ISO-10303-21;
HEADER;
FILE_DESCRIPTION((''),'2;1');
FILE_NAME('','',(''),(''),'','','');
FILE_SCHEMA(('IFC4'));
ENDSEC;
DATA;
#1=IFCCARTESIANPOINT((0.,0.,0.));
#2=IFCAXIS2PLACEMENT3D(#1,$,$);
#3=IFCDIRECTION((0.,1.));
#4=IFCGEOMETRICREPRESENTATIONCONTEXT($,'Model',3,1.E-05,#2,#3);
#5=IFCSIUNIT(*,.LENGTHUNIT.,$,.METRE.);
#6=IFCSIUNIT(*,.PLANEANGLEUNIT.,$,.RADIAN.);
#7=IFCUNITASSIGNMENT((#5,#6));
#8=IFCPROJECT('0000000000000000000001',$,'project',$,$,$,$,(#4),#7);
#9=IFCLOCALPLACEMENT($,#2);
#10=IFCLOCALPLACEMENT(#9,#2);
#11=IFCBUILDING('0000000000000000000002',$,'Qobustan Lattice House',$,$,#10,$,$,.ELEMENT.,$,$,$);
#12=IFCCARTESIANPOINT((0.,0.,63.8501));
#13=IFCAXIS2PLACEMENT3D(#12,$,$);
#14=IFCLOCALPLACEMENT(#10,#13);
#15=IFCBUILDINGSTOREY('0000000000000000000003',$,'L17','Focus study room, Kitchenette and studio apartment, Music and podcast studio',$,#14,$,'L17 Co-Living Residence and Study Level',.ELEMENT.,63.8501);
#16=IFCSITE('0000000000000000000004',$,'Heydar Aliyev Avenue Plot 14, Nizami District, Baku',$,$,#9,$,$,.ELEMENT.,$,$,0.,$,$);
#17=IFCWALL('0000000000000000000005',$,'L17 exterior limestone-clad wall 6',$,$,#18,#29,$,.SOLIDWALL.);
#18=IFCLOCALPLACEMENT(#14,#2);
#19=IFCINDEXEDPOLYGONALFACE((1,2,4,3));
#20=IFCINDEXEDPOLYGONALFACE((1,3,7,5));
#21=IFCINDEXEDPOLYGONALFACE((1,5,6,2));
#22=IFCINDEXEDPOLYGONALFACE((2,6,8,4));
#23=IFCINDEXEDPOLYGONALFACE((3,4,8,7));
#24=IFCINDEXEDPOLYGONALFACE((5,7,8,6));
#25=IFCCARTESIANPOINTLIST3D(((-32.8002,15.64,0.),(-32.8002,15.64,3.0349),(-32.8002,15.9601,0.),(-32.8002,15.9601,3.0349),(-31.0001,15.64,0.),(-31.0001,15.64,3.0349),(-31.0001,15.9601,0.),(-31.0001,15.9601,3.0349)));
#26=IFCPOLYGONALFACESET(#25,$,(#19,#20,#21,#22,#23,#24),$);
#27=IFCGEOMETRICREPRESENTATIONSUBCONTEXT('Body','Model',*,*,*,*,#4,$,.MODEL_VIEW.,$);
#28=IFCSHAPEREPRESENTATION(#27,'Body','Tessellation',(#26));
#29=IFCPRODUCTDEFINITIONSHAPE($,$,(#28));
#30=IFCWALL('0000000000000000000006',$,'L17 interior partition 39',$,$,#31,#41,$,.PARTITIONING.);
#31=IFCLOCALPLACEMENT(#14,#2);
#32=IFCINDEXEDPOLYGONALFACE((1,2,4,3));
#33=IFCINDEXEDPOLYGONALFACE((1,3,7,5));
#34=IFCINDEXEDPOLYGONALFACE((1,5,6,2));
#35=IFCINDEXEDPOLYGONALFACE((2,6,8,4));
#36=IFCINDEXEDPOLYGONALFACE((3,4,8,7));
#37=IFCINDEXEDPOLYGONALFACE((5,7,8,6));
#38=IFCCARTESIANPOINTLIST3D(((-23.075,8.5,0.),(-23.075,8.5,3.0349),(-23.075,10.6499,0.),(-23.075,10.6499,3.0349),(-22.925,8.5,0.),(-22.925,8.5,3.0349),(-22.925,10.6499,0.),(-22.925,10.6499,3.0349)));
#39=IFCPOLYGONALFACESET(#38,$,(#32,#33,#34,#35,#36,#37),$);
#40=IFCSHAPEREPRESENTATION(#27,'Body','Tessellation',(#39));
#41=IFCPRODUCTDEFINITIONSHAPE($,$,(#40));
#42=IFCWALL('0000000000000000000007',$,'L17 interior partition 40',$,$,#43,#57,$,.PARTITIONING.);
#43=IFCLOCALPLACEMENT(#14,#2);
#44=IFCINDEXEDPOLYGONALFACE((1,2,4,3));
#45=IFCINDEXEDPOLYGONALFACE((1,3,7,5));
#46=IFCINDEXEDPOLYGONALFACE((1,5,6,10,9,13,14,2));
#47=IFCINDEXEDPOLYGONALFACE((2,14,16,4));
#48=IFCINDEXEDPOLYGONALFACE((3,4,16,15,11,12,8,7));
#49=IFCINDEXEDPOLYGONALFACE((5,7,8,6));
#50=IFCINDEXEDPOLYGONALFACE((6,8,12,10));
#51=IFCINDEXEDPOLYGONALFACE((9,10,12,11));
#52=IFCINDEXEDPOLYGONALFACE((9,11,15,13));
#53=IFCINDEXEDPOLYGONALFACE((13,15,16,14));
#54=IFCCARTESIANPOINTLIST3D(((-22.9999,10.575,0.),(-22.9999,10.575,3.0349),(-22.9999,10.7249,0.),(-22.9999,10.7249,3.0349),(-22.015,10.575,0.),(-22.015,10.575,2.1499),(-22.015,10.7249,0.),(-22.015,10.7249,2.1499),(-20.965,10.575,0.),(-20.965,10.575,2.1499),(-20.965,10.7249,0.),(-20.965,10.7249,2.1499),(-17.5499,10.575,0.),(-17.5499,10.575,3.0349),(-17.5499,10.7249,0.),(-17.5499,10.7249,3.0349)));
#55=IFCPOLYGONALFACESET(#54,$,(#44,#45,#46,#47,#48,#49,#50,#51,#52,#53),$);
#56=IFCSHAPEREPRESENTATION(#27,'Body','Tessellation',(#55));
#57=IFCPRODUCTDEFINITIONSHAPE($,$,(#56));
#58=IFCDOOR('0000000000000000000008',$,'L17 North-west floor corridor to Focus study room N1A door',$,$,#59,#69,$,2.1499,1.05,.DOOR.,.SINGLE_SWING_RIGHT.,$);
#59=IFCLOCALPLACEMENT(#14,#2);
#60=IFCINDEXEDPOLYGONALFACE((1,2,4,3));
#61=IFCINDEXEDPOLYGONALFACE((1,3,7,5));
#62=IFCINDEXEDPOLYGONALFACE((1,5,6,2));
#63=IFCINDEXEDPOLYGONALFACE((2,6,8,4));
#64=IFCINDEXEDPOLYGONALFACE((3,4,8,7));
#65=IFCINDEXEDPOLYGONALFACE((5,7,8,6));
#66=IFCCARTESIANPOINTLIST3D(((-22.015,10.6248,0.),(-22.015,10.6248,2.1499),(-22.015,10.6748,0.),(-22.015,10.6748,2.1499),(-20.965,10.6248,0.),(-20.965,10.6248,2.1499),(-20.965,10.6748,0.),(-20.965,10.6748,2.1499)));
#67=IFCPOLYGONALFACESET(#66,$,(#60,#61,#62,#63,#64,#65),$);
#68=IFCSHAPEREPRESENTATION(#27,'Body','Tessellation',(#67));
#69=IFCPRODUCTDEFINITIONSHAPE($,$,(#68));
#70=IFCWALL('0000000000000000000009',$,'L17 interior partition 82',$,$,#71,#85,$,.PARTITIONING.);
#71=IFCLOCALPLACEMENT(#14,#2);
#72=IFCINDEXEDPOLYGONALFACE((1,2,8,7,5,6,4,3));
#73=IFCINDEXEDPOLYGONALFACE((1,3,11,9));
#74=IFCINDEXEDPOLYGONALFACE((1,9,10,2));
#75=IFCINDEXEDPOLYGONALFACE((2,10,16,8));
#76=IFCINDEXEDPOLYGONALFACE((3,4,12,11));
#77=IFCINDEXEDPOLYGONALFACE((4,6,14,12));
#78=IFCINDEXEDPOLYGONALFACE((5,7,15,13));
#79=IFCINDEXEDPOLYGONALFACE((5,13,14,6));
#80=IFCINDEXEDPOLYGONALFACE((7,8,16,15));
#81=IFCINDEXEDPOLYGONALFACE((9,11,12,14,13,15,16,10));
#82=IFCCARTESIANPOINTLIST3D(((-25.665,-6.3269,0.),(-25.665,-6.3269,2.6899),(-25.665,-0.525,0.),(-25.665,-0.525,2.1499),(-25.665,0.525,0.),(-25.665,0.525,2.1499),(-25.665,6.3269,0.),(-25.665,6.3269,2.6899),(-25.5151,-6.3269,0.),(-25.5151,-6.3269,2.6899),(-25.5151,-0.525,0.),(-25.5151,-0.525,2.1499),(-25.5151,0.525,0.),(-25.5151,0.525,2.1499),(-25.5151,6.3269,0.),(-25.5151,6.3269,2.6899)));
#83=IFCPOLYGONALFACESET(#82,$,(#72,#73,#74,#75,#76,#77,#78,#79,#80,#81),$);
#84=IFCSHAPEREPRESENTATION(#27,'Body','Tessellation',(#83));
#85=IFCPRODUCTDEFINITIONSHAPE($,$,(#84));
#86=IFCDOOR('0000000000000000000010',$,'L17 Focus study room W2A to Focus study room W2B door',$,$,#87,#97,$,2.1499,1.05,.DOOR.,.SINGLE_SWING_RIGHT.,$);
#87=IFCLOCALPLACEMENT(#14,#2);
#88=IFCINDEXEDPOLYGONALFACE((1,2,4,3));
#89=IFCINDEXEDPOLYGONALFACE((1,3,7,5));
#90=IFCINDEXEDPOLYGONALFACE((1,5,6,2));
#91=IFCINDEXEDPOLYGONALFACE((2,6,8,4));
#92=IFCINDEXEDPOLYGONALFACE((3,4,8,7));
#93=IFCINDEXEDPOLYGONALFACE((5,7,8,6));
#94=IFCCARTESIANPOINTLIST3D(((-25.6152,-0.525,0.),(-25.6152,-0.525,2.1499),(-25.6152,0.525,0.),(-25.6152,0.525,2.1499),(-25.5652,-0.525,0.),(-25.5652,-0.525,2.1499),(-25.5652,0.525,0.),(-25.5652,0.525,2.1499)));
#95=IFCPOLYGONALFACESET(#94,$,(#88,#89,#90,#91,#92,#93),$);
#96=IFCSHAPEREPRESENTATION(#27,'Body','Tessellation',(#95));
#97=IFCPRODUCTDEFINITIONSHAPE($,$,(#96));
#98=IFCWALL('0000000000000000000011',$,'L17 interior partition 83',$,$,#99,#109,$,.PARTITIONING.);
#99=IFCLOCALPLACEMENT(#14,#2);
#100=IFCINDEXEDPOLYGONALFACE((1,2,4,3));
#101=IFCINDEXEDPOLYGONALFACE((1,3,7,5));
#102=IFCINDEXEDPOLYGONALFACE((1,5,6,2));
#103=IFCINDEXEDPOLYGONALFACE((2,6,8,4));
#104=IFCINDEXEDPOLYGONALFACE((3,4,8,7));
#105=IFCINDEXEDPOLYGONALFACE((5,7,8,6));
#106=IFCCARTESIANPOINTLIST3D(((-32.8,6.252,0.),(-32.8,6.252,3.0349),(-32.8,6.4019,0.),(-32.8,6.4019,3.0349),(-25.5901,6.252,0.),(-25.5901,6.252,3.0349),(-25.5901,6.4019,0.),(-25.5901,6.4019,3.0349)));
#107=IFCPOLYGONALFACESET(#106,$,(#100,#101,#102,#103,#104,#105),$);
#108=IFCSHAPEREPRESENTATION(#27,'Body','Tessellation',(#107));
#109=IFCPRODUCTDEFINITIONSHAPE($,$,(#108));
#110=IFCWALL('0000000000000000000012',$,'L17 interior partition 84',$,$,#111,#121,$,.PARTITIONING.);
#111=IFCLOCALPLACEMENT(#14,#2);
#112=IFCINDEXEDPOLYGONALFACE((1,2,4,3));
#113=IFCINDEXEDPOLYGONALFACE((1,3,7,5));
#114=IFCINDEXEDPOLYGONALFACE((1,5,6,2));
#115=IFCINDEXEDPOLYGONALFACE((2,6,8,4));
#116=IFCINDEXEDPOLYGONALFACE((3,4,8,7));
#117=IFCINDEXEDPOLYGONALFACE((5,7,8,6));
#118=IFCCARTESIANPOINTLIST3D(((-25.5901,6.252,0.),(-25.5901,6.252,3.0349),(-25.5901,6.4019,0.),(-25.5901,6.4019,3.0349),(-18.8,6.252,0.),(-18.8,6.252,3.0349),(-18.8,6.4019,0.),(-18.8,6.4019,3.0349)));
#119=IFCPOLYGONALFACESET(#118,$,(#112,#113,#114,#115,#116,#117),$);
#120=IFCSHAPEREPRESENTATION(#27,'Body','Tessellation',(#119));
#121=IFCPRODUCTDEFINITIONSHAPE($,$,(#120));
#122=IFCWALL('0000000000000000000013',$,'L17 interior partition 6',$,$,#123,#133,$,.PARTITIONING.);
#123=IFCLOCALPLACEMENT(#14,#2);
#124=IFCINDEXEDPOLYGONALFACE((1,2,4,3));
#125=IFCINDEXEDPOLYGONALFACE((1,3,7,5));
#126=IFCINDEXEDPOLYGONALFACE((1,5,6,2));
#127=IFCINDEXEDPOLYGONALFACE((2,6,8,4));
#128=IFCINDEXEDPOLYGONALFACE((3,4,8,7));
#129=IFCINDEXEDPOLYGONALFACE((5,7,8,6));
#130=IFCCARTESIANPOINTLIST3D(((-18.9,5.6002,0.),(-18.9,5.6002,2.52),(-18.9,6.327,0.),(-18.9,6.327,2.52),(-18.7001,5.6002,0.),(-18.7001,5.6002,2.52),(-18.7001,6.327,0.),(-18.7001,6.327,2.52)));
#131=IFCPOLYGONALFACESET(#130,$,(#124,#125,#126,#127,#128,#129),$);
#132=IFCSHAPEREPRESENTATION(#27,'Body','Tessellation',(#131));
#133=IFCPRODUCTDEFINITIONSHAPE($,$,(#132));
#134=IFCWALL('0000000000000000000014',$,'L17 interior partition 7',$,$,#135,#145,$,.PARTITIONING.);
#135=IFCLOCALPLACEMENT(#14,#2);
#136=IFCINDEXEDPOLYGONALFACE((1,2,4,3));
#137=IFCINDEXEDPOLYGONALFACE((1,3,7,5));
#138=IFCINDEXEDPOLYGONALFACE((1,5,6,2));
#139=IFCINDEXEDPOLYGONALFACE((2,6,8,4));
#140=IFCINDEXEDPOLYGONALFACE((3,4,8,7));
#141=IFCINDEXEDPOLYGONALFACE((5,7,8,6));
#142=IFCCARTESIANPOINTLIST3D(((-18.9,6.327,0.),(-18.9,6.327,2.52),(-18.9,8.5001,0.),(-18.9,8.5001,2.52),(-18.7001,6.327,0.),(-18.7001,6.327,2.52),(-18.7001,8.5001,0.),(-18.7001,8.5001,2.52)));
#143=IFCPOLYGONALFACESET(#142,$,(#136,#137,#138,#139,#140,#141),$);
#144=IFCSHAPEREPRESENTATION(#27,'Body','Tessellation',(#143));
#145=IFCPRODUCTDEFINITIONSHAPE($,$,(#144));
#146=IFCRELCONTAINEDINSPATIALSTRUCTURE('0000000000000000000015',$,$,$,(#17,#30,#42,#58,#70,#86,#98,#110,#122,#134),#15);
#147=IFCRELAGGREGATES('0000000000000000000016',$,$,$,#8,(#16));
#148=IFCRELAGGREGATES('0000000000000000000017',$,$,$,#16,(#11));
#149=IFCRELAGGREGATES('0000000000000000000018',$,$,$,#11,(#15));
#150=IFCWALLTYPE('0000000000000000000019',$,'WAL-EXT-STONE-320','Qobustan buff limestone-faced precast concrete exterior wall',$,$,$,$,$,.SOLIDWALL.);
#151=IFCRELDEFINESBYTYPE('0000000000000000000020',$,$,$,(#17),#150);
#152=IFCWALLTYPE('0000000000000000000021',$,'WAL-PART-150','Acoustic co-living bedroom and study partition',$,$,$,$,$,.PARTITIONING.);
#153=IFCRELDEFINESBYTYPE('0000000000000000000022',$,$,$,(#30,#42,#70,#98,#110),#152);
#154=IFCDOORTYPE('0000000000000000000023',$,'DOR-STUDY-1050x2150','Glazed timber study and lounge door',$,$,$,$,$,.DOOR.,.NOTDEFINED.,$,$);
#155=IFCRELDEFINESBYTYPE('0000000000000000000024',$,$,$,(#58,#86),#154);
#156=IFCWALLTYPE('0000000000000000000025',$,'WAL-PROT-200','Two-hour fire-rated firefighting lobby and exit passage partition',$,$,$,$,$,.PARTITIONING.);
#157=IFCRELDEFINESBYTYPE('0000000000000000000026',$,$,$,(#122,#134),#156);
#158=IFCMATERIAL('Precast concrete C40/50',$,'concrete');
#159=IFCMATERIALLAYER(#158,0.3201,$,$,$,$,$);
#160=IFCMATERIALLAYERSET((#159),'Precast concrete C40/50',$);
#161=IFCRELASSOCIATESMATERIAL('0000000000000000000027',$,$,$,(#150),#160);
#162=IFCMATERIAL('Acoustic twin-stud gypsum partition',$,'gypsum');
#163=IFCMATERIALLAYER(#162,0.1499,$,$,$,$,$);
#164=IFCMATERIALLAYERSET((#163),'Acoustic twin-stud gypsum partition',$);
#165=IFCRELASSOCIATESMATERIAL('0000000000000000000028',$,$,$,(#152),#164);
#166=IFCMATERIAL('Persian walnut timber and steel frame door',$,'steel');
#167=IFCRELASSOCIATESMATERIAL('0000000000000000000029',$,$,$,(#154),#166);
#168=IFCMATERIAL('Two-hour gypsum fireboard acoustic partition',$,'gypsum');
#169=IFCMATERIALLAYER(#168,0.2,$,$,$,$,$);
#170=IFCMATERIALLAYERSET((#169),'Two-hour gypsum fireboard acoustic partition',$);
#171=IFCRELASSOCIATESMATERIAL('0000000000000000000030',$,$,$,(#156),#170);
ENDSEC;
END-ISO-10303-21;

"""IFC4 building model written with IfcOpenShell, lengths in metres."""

from ifc_helpers import new_model, si_unit, direction, frame, frame_2d, origin, place, context, subcontext, project, spatial, rectangle, extrude, material, layer, layer_set, type_object, element, fill, save


model = new_model("IFC4")

# Units and contexts
model_context = context("Model", 3, precision=1e-05, world=origin(), true_north=direction((0.0, 1.0)))
body_context = subcontext(model_context, "Body", "Model", "MODEL_VIEW")
ifc_project = project(units=[si_unit("LENGTHUNIT", "METRE"), si_unit("PLANEANGLEUNIT", "RADIAN")], contexts=[model_context])

# Site, building, storey
site_placement = place(None, origin())
site = spatial("IfcSite", under=ifc_project, at=site_placement, Name="Heydar Aliyev Avenue Plot 14, Nizami District, Baku", CompositionType="ELEMENT", RefElevation=0.0)
building_placement = place(site_placement, origin())
building = spatial("IfcBuilding", under=site, at=building_placement, Name="Qobustan Lattice House", CompositionType="ELEMENT")
storey_placement = place(building_placement, frame((0.0, 0.0, 63.8501)))
storey = spatial("IfcBuildingStorey", under=building, at=storey_placement, Name="L17", Description="Focus study room, Kitchenette and studio apartment, Music and podcast studio", LongName="L17 Co-Living Residence and Study Level", CompositionType="ELEMENT", Elevation=63.8501)

# Walls
ifc_material_1 = material(Name="Precast concrete C40/50", Category="concrete")
ifc_layer_1 = layer(ifc_material_1, 0.3201)
ifc_layer_set_1 = layer_set([ifc_layer_1], Name="Precast concrete C40/50")
wall_type_1 = type_object("IfcWallType", Name="WAL-EXT-STONE-320", Description="Qobustan buff limestone-faced precast concrete exterior wall", PredefinedType="SOLIDWALL", material=ifc_layer_set_1)
wall_1_placement = place(storey_placement, frame((-32.8, 15.8, 0.0), z_axis=(0.0, 0.0, 1.0), x_axis=(1.0, 0.0, 0.0)))
element("IfcWall", 1, at=wall_1_placement, inside=storey, type_object=wall_type_1, Name="L17 exterior limestone-clad wall 6", PredefinedType="SOLIDWALL", context=body_context, shape_type="SweptSolid", body=[
    extrude(rectangle(XDim=1.8, YDim=0.3201, at=frame_2d((0.8999, 0.0))), origin(), (0.0, 0.0, 1.0), 3.0349),
])
ifc_material_2 = material(Name="Acoustic twin-stud gypsum partition", Category="gypsum")
ifc_layer_2 = layer(ifc_material_2, 0.1499)
ifc_layer_set_2 = layer_set([ifc_layer_2], Name="Acoustic twin-stud gypsum partition")
wall_type_2 = type_object("IfcWallType", Name="WAL-PART-150", Description="Acoustic co-living bedroom and study partition", PredefinedType="PARTITIONING", material=ifc_layer_set_2)
wall_2_placement = place(storey_placement, frame((-23.0, 8.5, 0.0), z_axis=(0.0, 0.0, 1.0), x_axis=(0.0, 1.0, 0.0)))
element("IfcWall", 2, at=wall_2_placement, inside=storey, type_object=wall_type_2, Name="L17 interior partition 39", PredefinedType="PARTITIONING", context=body_context, shape_type="SweptSolid", body=[
    extrude(rectangle(XDim=2.1499, YDim=0.1499, at=frame_2d((1.075, 0.0))), origin(), (0.0, 0.0, 1.0), 3.0349),
])

# Walls, openings, doors
wall_3_placement = place(storey_placement, frame((-23.0, 10.6499, 0.0), z_axis=(0.0, 0.0, 1.0), x_axis=(1.0, 0.0, 0.0)))
wall_3 = element("IfcWall", 3, at=wall_3_placement, inside=storey, type_object=wall_type_2, Name="L17 interior partition 40", PredefinedType="PARTITIONING", context=body_context, shape_type="SweptSolid", body=[
    extrude(rectangle(XDim=5.45, YDim=0.1499, at=frame_2d((2.7251, 0.0))), origin(), (0.0, 0.0, 1.0), 3.0349),
])
opening_1_placement = place(wall_3_placement, frame((0.9851, 0.0, 0.0)))
opening_1 = element("IfcOpeningElement", 4, at=opening_1_placement, cuts=wall_3, PredefinedType="OPENING", context=body_context, shape_type="SweptSolid", body=[
    extrude(rectangle(XDim=1.05, YDim=2.1499, at=frame_2d((0.5249, 1.075))), frame((0.0, 0.085, 0.0), z_axis=(0.0, -1.0, 0.0), x_axis=(1.0, 0.0, 0.0)), (0.0, 0.0, 1.0), 0.1699),
])
ifc_material_3 = material(Name="Persian walnut timber and steel frame door", Category="steel")
door_type_1 = type_object("IfcDoorType", Name="DOR-STUDY-1050x2150", Description="Glazed timber study and lounge door", OperationType="NOTDEFINED", PredefinedType="DOOR", material=ifc_material_3)
door_1_placement = place(opening_1_placement, origin())
door_1 = element("IfcDoor", 5, at=door_1_placement, inside=storey, type_object=door_type_1, Name="L17 North-west floor corridor to Focus study room N1A door", OperationType="SINGLE_SWING_RIGHT", OverallHeight=2.1499, OverallWidth=1.05, PredefinedType="DOOR", context=body_context, shape_type="SweptSolid", body=[
    extrude(rectangle(XDim=1.05, YDim=2.1499, at=frame_2d((0.5249, 1.075))), frame((0.0, 0.0249, 0.0), z_axis=(0.0, -1.0, 0.0), x_axis=(1.0, 0.0, 0.0)), (0.0, 0.0, 1.0), 0.05),
])
fill(opening_1, door_1)
wall_4_placement = place(storey_placement, frame((-25.5901, 6.3269, 0.0), z_axis=(0.0, 0.0, 1.0), x_axis=(0.0, -1.0, 0.0)))
wall_4 = element("IfcWall", 6, at=wall_4_placement, inside=storey, type_object=wall_type_2, Name="L17 interior partition 82", PredefinedType="PARTITIONING", context=body_context, shape_type="SweptSolid", body=[
    extrude(rectangle(XDim=12.6538, YDim=0.1499, at=frame_2d((6.3269, 0.0))), origin(), (0.0, 0.0, 1.0), 2.6899),
])
opening_2_placement = place(wall_4_placement, frame((5.802, 0.0, 0.0)))
opening_2 = element("IfcOpeningElement", 7, at=opening_2_placement, cuts=wall_4, PredefinedType="OPENING", context=body_context, shape_type="SweptSolid", body=[
    extrude(rectangle(XDim=1.05, YDim=2.1499, at=frame_2d((0.5249, 1.075))), frame((0.0, 0.085, 0.0), z_axis=(0.0, -1.0, 0.0), x_axis=(1.0, 0.0, 0.0)), (0.0, 0.0, 1.0), 0.1699),
])
door_2_placement = place(opening_2_placement, origin())
door_2 = element("IfcDoor", 8, at=door_2_placement, inside=storey, type_object=door_type_1, Name="L17 Focus study room W2A to Focus study room W2B door", OperationType="SINGLE_SWING_RIGHT", OverallHeight=2.1499, OverallWidth=1.05, PredefinedType="DOOR", context=body_context, shape_type="SweptSolid", body=[
    extrude(rectangle(XDim=1.05, YDim=2.1499, at=frame_2d((0.5249, 1.075))), frame((0.0, 0.0249, 0.0), z_axis=(0.0, -1.0, 0.0), x_axis=(1.0, 0.0, 0.0)), (0.0, 0.0, 1.0), 0.05),
])
fill(opening_2, door_2)

# Walls
wall_5_placement = place(storey_placement, frame((-32.8, 6.3269, 0.0), z_axis=(0.0, 0.0, 1.0), x_axis=(1.0, 0.0, 0.0)))
element("IfcWall", 9, at=wall_5_placement, inside=storey, type_object=wall_type_2, Name="L17 interior partition 83", PredefinedType="PARTITIONING", context=body_context, shape_type="SweptSolid", body=[
    extrude(rectangle(XDim=7.21, YDim=0.1499, at=frame_2d((3.605, 0.0))), origin(), (0.0, 0.0, 1.0), 3.0349),
])
wall_6_placement = place(storey_placement, frame((-25.5901, 6.3269, 0.0), z_axis=(0.0, 0.0, 1.0), x_axis=(1.0, 0.0, 0.0)))
element("IfcWall", 10, at=wall_6_placement, inside=storey, type_object=wall_type_2, Name="L17 interior partition 84", PredefinedType="PARTITIONING", context=body_context, shape_type="SweptSolid", body=[
    extrude(rectangle(XDim=6.79, YDim=0.1499, at=frame_2d((3.395, 0.0))), origin(), (0.0, 0.0, 1.0), 3.0349),
])
ifc_material_4 = material(Name="Two-hour gypsum fireboard acoustic partition", Category="gypsum")
ifc_layer_3 = layer(ifc_material_4, 0.2)
ifc_layer_set_3 = layer_set([ifc_layer_3], Name="Two-hour gypsum fireboard acoustic partition")
wall_type_3 = type_object("IfcWallType", Name="WAL-PROT-200", Description="Two-hour fire-rated firefighting lobby and exit passage partition", PredefinedType="PARTITIONING", material=ifc_layer_set_3)
wall_7_placement = place(storey_placement, frame((-18.8, 6.3269, 0.0), z_axis=(0.0, 0.0, 1.0), x_axis=(0.0, -1.0, 0.0)))
element("IfcWall", 11, at=wall_7_placement, inside=storey, type_object=wall_type_3, Name="L17 interior partition 6", PredefinedType="PARTITIONING", context=body_context, shape_type="SweptSolid", body=[
    extrude(rectangle(XDim=0.7268, YDim=0.2, at=frame_2d((0.3633, 0.0))), origin(), (0.0, 0.0, 1.0), 2.52),
])
wall_8_placement = place(storey_placement, frame((-18.8, 8.5, 0.0), z_axis=(0.0, 0.0, 1.0), x_axis=(0.0, -1.0, 0.0)))
element("IfcWall", 12, at=wall_8_placement, inside=storey, type_object=wall_type_3, Name="L17 interior partition 7", PredefinedType="PARTITIONING", context=body_context, shape_type="SweptSolid", body=[
    extrude(rectangle(XDim=2.1731, YDim=0.2, at=frame_2d((1.0864, 0.0))), origin(), (0.0, 0.0, 1.0), 2.52),
])

save(model, "model.ifc")
